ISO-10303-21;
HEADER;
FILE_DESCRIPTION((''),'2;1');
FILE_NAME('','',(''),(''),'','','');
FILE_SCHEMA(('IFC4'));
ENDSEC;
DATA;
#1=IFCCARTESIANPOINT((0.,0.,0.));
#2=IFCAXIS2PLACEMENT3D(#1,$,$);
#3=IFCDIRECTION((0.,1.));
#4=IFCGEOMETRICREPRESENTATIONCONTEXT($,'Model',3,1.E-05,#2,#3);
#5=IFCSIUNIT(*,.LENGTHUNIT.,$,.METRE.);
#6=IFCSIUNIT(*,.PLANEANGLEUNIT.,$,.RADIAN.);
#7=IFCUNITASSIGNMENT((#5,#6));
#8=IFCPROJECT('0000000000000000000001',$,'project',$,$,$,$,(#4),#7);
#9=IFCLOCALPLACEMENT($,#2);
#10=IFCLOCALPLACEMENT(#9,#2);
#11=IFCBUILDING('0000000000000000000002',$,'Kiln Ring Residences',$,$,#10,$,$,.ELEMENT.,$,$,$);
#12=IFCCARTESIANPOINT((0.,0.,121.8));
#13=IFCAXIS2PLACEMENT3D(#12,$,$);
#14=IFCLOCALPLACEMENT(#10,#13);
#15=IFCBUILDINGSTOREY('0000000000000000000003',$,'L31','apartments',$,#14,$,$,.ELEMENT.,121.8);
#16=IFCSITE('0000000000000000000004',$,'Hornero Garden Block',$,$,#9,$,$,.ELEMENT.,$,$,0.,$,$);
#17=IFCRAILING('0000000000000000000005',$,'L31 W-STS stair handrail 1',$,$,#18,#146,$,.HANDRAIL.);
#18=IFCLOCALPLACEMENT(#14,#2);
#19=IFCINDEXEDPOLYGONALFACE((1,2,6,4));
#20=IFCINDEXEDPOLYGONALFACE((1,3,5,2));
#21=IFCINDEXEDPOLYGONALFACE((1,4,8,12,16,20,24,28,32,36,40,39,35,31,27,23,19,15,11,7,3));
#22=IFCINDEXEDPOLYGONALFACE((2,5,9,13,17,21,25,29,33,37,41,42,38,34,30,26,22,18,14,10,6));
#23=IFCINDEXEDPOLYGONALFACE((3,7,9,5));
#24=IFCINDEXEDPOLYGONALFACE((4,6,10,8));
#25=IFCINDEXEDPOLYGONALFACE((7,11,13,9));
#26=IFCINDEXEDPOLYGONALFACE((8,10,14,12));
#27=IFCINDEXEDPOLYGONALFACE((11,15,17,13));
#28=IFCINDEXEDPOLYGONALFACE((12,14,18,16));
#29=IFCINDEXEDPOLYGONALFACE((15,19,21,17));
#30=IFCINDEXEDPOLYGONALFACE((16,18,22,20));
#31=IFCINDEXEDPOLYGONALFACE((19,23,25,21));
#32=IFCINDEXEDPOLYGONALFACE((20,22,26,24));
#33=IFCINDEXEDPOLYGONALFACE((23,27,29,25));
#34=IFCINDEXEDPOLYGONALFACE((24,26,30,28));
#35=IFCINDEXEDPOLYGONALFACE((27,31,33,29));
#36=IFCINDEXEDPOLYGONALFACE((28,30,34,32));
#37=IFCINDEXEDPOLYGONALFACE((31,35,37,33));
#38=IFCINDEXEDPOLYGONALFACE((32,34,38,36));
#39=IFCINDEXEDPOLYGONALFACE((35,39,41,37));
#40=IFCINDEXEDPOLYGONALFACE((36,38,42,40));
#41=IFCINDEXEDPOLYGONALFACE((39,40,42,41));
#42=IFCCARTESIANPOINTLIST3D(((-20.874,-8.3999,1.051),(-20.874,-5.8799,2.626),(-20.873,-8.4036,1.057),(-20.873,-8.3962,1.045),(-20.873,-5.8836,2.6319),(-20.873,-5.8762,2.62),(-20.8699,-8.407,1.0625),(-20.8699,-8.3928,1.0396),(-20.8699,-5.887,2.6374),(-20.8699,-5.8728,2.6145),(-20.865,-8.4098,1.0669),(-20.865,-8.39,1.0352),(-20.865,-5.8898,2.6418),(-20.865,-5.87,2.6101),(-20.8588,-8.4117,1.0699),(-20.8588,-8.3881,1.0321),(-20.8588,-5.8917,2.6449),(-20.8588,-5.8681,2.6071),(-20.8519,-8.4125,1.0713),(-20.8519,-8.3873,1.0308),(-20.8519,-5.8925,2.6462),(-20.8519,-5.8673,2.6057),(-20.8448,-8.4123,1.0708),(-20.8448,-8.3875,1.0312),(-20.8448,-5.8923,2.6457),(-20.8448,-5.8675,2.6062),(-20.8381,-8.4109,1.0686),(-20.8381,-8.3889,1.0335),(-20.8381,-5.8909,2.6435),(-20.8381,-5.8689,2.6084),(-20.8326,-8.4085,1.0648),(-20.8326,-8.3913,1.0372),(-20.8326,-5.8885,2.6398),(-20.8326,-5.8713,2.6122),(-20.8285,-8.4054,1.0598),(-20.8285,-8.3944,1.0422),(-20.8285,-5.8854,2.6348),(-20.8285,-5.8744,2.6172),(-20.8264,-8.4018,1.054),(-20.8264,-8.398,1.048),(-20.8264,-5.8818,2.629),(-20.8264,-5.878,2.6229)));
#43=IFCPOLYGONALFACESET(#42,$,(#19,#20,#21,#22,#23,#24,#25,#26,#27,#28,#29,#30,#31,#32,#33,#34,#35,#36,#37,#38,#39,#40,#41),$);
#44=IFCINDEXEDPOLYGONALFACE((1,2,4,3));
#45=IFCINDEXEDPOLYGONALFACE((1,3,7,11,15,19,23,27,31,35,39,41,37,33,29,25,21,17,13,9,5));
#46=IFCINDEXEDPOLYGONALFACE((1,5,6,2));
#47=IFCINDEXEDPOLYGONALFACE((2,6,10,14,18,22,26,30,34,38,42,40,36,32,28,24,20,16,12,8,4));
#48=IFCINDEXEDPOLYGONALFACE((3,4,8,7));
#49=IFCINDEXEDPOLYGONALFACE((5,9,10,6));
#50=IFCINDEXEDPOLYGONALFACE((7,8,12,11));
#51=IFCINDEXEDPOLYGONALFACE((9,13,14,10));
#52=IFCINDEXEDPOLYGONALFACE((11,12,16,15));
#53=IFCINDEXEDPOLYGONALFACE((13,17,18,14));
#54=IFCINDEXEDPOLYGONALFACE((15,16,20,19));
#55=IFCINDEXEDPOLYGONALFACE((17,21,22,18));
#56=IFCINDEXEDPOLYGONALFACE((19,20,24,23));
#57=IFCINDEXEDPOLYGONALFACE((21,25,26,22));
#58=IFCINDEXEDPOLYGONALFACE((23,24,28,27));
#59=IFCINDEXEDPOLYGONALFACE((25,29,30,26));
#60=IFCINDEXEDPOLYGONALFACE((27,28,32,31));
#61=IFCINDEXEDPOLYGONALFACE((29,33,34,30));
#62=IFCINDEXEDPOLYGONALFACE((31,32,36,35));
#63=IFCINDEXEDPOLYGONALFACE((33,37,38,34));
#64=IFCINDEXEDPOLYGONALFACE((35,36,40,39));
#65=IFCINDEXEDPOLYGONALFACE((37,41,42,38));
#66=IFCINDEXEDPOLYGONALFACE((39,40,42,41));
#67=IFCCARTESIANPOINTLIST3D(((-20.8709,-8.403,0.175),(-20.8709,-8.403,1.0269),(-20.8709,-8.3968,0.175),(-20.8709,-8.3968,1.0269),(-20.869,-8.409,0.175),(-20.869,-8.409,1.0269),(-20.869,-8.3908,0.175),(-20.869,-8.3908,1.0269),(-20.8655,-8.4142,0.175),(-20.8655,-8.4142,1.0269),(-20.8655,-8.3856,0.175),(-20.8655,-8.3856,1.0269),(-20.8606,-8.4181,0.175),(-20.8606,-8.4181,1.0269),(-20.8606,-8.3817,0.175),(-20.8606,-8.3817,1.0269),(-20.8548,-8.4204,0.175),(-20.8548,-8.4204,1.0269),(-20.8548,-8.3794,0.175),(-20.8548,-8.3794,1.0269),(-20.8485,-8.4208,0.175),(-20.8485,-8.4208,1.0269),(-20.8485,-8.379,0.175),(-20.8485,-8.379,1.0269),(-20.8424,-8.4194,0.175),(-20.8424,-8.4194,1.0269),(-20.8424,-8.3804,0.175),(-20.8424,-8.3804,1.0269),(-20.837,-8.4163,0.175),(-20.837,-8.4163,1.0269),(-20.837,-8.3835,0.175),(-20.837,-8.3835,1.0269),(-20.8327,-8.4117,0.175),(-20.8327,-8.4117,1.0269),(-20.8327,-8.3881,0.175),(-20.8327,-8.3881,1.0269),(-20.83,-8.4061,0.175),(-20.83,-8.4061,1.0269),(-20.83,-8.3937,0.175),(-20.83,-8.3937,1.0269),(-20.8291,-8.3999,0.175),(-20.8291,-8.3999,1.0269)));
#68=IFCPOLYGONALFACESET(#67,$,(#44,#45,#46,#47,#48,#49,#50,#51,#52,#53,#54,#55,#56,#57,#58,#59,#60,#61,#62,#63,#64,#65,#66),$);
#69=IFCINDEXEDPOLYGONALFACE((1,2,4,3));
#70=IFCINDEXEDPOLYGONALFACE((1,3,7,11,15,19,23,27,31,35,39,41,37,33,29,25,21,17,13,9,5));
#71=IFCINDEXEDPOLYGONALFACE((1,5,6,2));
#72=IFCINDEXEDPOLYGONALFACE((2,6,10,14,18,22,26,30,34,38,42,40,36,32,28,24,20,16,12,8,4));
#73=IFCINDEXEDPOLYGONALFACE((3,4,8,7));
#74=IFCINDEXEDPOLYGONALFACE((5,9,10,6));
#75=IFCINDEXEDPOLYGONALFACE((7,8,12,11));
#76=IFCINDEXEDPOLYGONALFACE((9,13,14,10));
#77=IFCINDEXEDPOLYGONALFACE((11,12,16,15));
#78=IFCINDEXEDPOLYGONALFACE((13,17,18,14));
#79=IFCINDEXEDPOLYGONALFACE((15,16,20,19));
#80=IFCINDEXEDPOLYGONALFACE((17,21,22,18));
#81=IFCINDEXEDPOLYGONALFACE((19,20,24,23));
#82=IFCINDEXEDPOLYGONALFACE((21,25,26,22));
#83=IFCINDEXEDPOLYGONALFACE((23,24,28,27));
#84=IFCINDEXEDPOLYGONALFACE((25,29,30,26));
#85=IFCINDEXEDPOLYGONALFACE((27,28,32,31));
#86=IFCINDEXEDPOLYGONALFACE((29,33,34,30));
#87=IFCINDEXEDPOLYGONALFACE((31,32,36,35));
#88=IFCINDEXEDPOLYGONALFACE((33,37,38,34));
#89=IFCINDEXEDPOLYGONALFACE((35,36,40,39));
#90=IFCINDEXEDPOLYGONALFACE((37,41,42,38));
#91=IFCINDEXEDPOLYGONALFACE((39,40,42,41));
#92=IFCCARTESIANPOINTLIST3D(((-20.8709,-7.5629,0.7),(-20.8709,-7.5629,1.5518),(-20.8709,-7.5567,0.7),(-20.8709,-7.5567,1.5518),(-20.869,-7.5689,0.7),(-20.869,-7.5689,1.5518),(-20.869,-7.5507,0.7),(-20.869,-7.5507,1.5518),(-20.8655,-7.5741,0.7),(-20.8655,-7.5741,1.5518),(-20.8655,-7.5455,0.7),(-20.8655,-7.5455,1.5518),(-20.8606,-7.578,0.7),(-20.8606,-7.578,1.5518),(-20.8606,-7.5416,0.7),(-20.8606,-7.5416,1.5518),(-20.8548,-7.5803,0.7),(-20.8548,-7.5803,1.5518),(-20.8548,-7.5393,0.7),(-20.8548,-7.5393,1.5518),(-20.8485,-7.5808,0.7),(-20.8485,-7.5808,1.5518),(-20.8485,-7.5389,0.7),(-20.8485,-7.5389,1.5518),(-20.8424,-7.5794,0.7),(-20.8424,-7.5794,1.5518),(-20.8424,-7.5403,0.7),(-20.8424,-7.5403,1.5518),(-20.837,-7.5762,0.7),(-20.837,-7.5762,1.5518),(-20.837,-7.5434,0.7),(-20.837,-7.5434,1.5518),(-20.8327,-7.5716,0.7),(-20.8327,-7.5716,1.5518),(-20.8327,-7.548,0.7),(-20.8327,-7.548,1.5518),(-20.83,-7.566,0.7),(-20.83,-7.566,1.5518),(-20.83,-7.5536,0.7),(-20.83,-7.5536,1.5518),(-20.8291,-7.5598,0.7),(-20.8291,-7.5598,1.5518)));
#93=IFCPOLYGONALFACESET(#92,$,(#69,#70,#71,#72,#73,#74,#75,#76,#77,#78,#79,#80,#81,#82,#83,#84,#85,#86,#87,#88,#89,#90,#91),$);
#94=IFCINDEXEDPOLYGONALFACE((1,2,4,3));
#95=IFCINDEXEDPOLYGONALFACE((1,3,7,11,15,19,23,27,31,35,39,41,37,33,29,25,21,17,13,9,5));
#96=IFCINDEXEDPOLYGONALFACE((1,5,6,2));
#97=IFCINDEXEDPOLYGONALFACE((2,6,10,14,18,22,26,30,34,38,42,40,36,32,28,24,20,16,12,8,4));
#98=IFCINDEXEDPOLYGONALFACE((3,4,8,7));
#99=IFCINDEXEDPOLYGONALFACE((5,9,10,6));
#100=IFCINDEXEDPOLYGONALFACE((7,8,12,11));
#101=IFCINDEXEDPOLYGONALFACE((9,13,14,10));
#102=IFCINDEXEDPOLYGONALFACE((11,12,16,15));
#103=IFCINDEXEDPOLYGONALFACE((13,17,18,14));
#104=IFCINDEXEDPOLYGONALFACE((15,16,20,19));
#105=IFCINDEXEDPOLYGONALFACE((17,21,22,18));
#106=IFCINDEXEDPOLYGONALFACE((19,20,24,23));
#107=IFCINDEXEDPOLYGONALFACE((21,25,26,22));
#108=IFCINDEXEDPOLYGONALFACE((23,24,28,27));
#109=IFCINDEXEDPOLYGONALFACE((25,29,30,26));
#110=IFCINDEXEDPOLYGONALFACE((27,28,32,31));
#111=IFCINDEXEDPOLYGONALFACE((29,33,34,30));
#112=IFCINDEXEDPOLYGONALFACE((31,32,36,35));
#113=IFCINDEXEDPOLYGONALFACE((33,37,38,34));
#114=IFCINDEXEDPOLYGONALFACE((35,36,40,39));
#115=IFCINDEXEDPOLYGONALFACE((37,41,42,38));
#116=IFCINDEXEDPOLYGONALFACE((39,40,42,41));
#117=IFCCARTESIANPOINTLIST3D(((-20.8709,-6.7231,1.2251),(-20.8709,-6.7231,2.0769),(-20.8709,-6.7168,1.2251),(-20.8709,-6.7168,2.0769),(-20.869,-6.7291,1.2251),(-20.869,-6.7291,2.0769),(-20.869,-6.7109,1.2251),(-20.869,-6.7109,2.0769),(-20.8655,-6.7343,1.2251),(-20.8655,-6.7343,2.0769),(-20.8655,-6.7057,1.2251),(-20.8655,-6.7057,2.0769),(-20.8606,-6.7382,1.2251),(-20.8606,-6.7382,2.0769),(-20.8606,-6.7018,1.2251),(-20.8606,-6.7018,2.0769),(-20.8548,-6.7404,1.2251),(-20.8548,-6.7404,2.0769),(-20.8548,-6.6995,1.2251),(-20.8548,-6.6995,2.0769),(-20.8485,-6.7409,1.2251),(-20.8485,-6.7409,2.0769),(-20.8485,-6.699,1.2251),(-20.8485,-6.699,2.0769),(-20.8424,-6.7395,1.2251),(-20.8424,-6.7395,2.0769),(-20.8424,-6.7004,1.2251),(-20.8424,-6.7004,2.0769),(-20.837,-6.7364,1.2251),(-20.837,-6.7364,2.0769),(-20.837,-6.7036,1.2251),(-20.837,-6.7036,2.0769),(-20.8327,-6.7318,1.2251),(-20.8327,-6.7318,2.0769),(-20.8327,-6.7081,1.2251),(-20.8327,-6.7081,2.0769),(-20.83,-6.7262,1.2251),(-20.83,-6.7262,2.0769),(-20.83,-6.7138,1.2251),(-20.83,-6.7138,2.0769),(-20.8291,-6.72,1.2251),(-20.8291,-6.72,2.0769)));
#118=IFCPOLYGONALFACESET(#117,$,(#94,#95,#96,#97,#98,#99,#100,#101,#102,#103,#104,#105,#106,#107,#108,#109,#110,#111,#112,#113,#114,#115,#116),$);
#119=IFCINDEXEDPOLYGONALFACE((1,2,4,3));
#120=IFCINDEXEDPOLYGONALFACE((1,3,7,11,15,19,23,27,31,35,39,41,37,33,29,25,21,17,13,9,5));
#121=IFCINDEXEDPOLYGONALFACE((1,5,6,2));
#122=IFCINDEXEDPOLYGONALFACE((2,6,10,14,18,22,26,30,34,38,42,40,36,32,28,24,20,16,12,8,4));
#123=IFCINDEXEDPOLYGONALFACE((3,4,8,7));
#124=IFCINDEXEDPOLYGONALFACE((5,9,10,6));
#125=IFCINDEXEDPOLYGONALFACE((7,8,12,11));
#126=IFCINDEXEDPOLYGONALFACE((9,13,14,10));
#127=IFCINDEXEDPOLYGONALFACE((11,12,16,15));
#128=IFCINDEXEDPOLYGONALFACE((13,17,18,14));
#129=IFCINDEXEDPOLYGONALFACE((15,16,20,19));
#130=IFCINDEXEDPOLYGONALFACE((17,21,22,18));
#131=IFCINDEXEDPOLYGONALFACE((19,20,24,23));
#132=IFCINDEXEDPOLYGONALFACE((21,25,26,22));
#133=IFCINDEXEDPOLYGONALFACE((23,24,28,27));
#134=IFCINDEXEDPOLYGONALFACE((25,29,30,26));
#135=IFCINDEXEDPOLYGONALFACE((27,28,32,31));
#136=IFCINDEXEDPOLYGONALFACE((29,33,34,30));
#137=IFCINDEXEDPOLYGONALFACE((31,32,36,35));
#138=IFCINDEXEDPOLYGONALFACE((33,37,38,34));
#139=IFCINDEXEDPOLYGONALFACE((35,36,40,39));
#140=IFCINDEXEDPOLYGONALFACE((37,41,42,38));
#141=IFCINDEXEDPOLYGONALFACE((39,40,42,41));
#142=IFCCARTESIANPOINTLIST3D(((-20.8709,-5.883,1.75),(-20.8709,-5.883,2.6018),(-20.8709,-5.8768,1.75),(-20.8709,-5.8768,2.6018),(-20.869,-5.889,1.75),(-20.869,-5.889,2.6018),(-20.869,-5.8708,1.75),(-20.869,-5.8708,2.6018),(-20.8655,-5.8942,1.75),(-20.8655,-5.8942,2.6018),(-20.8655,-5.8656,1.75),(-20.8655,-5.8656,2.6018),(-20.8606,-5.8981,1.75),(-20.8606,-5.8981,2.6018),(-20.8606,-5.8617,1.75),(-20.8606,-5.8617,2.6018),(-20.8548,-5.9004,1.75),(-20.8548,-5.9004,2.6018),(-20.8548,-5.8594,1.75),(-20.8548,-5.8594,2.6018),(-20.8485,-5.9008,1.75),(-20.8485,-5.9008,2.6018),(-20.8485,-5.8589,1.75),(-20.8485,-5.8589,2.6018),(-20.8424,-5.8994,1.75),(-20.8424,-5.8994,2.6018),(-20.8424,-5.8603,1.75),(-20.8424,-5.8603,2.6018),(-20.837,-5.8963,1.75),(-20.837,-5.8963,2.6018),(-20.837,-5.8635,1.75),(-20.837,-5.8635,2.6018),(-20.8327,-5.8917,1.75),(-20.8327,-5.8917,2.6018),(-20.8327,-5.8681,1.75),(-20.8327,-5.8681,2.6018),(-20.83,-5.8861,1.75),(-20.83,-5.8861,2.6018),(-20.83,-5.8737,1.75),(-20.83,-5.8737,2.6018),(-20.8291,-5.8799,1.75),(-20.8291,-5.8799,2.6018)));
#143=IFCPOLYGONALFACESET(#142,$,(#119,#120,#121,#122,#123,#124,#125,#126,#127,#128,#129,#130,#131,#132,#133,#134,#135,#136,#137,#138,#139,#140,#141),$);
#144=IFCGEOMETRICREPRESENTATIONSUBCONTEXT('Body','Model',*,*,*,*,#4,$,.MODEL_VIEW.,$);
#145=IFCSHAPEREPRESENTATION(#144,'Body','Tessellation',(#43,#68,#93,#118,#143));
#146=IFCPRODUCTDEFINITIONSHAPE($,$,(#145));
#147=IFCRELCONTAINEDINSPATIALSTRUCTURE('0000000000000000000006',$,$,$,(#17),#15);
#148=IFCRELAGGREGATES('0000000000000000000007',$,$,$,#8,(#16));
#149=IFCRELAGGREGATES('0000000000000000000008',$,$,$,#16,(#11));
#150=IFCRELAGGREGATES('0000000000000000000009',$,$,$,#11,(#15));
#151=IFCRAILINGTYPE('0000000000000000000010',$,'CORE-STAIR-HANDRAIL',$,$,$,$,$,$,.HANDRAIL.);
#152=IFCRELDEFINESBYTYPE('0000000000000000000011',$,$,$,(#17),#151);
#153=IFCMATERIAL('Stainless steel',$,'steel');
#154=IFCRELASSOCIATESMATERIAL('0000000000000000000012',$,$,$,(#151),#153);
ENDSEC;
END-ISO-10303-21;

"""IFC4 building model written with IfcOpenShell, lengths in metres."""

from ifc_helpers import new_model, si_unit, direction, frame, origin, origin_2d, place, context, subcontext, project, spatial, circle, extrude, material, type_object, element, save


model = new_model("IFC4")

# Units and contexts
model_context = context("Model", 3, precision=1e-05, world=origin(), true_north=direction((0.0, 1.0)))
body_context = subcontext(model_context, "Body", "Model", "MODEL_VIEW")
ifc_project = project(units=[si_unit("LENGTHUNIT", "METRE"), si_unit("PLANEANGLEUNIT", "RADIAN")], contexts=[model_context])

# Site, building, storey
site_placement = place(None, origin())
site = spatial("IfcSite", under=ifc_project, at=site_placement, Name="Hornero Garden Block", CompositionType="ELEMENT", RefElevation=0.0)
building_placement = place(site_placement, origin())
building = spatial("IfcBuilding", under=site, at=building_placement, Name="Kiln Ring Residences", CompositionType="ELEMENT")
storey_placement = place(building_placement, frame((0.0, 0.0, 121.8)))
storey = spatial("IfcBuildingStorey", under=building, at=storey_placement, Name="L31", Description="apartments", CompositionType="ELEMENT", Elevation=121.8)

# Railing
ifc_material_1 = material(Name="Stainless steel", Category="steel")
railing_type_1 = type_object("IfcRailingType", Name="CORE-STAIR-HANDRAIL", PredefinedType="HANDRAIL", material=ifc_material_1)
railing_1_placement = place(storey_placement, frame((-20.8501, -8.3999, 0.175)))
element("IfcRailing", 1, at=railing_1_placement, inside=storey, type_object=railing_type_1, Name="L31 W-STS stair handrail 1", PredefinedType="HANDRAIL", context=body_context, shape_type="SweptSolid", body=[
    extrude(circle(Radius=0.0239, at=origin_2d()), frame((0.0, 0.0, 0.876), z_axis=(0.0, 0.848008, 0.529984), x_axis=(-1.0, 0.0, 0.0)), (0.0, 0.0, 1.0), 2.9717),
    extrude(circle(Radius=0.021, at=origin_2d()), origin(), (0.0, 0.0, 1.0), 0.8518),
    extrude(circle(Radius=0.021, at=origin_2d()), frame((0.0, 0.8401, 0.5249)), (0.0, 0.0, 1.0), 0.8518),
    extrude(circle(Radius=0.021, at=origin_2d()), frame((0.0, 1.6799, 1.05)), (0.0, 0.0, 1.0), 0.8518),
    extrude(circle(Radius=0.021, at=origin_2d()), frame((0.0, 2.52, 1.575)), (0.0, 0.0, 1.0), 0.8518),
])

save(model, "model.ifc")
